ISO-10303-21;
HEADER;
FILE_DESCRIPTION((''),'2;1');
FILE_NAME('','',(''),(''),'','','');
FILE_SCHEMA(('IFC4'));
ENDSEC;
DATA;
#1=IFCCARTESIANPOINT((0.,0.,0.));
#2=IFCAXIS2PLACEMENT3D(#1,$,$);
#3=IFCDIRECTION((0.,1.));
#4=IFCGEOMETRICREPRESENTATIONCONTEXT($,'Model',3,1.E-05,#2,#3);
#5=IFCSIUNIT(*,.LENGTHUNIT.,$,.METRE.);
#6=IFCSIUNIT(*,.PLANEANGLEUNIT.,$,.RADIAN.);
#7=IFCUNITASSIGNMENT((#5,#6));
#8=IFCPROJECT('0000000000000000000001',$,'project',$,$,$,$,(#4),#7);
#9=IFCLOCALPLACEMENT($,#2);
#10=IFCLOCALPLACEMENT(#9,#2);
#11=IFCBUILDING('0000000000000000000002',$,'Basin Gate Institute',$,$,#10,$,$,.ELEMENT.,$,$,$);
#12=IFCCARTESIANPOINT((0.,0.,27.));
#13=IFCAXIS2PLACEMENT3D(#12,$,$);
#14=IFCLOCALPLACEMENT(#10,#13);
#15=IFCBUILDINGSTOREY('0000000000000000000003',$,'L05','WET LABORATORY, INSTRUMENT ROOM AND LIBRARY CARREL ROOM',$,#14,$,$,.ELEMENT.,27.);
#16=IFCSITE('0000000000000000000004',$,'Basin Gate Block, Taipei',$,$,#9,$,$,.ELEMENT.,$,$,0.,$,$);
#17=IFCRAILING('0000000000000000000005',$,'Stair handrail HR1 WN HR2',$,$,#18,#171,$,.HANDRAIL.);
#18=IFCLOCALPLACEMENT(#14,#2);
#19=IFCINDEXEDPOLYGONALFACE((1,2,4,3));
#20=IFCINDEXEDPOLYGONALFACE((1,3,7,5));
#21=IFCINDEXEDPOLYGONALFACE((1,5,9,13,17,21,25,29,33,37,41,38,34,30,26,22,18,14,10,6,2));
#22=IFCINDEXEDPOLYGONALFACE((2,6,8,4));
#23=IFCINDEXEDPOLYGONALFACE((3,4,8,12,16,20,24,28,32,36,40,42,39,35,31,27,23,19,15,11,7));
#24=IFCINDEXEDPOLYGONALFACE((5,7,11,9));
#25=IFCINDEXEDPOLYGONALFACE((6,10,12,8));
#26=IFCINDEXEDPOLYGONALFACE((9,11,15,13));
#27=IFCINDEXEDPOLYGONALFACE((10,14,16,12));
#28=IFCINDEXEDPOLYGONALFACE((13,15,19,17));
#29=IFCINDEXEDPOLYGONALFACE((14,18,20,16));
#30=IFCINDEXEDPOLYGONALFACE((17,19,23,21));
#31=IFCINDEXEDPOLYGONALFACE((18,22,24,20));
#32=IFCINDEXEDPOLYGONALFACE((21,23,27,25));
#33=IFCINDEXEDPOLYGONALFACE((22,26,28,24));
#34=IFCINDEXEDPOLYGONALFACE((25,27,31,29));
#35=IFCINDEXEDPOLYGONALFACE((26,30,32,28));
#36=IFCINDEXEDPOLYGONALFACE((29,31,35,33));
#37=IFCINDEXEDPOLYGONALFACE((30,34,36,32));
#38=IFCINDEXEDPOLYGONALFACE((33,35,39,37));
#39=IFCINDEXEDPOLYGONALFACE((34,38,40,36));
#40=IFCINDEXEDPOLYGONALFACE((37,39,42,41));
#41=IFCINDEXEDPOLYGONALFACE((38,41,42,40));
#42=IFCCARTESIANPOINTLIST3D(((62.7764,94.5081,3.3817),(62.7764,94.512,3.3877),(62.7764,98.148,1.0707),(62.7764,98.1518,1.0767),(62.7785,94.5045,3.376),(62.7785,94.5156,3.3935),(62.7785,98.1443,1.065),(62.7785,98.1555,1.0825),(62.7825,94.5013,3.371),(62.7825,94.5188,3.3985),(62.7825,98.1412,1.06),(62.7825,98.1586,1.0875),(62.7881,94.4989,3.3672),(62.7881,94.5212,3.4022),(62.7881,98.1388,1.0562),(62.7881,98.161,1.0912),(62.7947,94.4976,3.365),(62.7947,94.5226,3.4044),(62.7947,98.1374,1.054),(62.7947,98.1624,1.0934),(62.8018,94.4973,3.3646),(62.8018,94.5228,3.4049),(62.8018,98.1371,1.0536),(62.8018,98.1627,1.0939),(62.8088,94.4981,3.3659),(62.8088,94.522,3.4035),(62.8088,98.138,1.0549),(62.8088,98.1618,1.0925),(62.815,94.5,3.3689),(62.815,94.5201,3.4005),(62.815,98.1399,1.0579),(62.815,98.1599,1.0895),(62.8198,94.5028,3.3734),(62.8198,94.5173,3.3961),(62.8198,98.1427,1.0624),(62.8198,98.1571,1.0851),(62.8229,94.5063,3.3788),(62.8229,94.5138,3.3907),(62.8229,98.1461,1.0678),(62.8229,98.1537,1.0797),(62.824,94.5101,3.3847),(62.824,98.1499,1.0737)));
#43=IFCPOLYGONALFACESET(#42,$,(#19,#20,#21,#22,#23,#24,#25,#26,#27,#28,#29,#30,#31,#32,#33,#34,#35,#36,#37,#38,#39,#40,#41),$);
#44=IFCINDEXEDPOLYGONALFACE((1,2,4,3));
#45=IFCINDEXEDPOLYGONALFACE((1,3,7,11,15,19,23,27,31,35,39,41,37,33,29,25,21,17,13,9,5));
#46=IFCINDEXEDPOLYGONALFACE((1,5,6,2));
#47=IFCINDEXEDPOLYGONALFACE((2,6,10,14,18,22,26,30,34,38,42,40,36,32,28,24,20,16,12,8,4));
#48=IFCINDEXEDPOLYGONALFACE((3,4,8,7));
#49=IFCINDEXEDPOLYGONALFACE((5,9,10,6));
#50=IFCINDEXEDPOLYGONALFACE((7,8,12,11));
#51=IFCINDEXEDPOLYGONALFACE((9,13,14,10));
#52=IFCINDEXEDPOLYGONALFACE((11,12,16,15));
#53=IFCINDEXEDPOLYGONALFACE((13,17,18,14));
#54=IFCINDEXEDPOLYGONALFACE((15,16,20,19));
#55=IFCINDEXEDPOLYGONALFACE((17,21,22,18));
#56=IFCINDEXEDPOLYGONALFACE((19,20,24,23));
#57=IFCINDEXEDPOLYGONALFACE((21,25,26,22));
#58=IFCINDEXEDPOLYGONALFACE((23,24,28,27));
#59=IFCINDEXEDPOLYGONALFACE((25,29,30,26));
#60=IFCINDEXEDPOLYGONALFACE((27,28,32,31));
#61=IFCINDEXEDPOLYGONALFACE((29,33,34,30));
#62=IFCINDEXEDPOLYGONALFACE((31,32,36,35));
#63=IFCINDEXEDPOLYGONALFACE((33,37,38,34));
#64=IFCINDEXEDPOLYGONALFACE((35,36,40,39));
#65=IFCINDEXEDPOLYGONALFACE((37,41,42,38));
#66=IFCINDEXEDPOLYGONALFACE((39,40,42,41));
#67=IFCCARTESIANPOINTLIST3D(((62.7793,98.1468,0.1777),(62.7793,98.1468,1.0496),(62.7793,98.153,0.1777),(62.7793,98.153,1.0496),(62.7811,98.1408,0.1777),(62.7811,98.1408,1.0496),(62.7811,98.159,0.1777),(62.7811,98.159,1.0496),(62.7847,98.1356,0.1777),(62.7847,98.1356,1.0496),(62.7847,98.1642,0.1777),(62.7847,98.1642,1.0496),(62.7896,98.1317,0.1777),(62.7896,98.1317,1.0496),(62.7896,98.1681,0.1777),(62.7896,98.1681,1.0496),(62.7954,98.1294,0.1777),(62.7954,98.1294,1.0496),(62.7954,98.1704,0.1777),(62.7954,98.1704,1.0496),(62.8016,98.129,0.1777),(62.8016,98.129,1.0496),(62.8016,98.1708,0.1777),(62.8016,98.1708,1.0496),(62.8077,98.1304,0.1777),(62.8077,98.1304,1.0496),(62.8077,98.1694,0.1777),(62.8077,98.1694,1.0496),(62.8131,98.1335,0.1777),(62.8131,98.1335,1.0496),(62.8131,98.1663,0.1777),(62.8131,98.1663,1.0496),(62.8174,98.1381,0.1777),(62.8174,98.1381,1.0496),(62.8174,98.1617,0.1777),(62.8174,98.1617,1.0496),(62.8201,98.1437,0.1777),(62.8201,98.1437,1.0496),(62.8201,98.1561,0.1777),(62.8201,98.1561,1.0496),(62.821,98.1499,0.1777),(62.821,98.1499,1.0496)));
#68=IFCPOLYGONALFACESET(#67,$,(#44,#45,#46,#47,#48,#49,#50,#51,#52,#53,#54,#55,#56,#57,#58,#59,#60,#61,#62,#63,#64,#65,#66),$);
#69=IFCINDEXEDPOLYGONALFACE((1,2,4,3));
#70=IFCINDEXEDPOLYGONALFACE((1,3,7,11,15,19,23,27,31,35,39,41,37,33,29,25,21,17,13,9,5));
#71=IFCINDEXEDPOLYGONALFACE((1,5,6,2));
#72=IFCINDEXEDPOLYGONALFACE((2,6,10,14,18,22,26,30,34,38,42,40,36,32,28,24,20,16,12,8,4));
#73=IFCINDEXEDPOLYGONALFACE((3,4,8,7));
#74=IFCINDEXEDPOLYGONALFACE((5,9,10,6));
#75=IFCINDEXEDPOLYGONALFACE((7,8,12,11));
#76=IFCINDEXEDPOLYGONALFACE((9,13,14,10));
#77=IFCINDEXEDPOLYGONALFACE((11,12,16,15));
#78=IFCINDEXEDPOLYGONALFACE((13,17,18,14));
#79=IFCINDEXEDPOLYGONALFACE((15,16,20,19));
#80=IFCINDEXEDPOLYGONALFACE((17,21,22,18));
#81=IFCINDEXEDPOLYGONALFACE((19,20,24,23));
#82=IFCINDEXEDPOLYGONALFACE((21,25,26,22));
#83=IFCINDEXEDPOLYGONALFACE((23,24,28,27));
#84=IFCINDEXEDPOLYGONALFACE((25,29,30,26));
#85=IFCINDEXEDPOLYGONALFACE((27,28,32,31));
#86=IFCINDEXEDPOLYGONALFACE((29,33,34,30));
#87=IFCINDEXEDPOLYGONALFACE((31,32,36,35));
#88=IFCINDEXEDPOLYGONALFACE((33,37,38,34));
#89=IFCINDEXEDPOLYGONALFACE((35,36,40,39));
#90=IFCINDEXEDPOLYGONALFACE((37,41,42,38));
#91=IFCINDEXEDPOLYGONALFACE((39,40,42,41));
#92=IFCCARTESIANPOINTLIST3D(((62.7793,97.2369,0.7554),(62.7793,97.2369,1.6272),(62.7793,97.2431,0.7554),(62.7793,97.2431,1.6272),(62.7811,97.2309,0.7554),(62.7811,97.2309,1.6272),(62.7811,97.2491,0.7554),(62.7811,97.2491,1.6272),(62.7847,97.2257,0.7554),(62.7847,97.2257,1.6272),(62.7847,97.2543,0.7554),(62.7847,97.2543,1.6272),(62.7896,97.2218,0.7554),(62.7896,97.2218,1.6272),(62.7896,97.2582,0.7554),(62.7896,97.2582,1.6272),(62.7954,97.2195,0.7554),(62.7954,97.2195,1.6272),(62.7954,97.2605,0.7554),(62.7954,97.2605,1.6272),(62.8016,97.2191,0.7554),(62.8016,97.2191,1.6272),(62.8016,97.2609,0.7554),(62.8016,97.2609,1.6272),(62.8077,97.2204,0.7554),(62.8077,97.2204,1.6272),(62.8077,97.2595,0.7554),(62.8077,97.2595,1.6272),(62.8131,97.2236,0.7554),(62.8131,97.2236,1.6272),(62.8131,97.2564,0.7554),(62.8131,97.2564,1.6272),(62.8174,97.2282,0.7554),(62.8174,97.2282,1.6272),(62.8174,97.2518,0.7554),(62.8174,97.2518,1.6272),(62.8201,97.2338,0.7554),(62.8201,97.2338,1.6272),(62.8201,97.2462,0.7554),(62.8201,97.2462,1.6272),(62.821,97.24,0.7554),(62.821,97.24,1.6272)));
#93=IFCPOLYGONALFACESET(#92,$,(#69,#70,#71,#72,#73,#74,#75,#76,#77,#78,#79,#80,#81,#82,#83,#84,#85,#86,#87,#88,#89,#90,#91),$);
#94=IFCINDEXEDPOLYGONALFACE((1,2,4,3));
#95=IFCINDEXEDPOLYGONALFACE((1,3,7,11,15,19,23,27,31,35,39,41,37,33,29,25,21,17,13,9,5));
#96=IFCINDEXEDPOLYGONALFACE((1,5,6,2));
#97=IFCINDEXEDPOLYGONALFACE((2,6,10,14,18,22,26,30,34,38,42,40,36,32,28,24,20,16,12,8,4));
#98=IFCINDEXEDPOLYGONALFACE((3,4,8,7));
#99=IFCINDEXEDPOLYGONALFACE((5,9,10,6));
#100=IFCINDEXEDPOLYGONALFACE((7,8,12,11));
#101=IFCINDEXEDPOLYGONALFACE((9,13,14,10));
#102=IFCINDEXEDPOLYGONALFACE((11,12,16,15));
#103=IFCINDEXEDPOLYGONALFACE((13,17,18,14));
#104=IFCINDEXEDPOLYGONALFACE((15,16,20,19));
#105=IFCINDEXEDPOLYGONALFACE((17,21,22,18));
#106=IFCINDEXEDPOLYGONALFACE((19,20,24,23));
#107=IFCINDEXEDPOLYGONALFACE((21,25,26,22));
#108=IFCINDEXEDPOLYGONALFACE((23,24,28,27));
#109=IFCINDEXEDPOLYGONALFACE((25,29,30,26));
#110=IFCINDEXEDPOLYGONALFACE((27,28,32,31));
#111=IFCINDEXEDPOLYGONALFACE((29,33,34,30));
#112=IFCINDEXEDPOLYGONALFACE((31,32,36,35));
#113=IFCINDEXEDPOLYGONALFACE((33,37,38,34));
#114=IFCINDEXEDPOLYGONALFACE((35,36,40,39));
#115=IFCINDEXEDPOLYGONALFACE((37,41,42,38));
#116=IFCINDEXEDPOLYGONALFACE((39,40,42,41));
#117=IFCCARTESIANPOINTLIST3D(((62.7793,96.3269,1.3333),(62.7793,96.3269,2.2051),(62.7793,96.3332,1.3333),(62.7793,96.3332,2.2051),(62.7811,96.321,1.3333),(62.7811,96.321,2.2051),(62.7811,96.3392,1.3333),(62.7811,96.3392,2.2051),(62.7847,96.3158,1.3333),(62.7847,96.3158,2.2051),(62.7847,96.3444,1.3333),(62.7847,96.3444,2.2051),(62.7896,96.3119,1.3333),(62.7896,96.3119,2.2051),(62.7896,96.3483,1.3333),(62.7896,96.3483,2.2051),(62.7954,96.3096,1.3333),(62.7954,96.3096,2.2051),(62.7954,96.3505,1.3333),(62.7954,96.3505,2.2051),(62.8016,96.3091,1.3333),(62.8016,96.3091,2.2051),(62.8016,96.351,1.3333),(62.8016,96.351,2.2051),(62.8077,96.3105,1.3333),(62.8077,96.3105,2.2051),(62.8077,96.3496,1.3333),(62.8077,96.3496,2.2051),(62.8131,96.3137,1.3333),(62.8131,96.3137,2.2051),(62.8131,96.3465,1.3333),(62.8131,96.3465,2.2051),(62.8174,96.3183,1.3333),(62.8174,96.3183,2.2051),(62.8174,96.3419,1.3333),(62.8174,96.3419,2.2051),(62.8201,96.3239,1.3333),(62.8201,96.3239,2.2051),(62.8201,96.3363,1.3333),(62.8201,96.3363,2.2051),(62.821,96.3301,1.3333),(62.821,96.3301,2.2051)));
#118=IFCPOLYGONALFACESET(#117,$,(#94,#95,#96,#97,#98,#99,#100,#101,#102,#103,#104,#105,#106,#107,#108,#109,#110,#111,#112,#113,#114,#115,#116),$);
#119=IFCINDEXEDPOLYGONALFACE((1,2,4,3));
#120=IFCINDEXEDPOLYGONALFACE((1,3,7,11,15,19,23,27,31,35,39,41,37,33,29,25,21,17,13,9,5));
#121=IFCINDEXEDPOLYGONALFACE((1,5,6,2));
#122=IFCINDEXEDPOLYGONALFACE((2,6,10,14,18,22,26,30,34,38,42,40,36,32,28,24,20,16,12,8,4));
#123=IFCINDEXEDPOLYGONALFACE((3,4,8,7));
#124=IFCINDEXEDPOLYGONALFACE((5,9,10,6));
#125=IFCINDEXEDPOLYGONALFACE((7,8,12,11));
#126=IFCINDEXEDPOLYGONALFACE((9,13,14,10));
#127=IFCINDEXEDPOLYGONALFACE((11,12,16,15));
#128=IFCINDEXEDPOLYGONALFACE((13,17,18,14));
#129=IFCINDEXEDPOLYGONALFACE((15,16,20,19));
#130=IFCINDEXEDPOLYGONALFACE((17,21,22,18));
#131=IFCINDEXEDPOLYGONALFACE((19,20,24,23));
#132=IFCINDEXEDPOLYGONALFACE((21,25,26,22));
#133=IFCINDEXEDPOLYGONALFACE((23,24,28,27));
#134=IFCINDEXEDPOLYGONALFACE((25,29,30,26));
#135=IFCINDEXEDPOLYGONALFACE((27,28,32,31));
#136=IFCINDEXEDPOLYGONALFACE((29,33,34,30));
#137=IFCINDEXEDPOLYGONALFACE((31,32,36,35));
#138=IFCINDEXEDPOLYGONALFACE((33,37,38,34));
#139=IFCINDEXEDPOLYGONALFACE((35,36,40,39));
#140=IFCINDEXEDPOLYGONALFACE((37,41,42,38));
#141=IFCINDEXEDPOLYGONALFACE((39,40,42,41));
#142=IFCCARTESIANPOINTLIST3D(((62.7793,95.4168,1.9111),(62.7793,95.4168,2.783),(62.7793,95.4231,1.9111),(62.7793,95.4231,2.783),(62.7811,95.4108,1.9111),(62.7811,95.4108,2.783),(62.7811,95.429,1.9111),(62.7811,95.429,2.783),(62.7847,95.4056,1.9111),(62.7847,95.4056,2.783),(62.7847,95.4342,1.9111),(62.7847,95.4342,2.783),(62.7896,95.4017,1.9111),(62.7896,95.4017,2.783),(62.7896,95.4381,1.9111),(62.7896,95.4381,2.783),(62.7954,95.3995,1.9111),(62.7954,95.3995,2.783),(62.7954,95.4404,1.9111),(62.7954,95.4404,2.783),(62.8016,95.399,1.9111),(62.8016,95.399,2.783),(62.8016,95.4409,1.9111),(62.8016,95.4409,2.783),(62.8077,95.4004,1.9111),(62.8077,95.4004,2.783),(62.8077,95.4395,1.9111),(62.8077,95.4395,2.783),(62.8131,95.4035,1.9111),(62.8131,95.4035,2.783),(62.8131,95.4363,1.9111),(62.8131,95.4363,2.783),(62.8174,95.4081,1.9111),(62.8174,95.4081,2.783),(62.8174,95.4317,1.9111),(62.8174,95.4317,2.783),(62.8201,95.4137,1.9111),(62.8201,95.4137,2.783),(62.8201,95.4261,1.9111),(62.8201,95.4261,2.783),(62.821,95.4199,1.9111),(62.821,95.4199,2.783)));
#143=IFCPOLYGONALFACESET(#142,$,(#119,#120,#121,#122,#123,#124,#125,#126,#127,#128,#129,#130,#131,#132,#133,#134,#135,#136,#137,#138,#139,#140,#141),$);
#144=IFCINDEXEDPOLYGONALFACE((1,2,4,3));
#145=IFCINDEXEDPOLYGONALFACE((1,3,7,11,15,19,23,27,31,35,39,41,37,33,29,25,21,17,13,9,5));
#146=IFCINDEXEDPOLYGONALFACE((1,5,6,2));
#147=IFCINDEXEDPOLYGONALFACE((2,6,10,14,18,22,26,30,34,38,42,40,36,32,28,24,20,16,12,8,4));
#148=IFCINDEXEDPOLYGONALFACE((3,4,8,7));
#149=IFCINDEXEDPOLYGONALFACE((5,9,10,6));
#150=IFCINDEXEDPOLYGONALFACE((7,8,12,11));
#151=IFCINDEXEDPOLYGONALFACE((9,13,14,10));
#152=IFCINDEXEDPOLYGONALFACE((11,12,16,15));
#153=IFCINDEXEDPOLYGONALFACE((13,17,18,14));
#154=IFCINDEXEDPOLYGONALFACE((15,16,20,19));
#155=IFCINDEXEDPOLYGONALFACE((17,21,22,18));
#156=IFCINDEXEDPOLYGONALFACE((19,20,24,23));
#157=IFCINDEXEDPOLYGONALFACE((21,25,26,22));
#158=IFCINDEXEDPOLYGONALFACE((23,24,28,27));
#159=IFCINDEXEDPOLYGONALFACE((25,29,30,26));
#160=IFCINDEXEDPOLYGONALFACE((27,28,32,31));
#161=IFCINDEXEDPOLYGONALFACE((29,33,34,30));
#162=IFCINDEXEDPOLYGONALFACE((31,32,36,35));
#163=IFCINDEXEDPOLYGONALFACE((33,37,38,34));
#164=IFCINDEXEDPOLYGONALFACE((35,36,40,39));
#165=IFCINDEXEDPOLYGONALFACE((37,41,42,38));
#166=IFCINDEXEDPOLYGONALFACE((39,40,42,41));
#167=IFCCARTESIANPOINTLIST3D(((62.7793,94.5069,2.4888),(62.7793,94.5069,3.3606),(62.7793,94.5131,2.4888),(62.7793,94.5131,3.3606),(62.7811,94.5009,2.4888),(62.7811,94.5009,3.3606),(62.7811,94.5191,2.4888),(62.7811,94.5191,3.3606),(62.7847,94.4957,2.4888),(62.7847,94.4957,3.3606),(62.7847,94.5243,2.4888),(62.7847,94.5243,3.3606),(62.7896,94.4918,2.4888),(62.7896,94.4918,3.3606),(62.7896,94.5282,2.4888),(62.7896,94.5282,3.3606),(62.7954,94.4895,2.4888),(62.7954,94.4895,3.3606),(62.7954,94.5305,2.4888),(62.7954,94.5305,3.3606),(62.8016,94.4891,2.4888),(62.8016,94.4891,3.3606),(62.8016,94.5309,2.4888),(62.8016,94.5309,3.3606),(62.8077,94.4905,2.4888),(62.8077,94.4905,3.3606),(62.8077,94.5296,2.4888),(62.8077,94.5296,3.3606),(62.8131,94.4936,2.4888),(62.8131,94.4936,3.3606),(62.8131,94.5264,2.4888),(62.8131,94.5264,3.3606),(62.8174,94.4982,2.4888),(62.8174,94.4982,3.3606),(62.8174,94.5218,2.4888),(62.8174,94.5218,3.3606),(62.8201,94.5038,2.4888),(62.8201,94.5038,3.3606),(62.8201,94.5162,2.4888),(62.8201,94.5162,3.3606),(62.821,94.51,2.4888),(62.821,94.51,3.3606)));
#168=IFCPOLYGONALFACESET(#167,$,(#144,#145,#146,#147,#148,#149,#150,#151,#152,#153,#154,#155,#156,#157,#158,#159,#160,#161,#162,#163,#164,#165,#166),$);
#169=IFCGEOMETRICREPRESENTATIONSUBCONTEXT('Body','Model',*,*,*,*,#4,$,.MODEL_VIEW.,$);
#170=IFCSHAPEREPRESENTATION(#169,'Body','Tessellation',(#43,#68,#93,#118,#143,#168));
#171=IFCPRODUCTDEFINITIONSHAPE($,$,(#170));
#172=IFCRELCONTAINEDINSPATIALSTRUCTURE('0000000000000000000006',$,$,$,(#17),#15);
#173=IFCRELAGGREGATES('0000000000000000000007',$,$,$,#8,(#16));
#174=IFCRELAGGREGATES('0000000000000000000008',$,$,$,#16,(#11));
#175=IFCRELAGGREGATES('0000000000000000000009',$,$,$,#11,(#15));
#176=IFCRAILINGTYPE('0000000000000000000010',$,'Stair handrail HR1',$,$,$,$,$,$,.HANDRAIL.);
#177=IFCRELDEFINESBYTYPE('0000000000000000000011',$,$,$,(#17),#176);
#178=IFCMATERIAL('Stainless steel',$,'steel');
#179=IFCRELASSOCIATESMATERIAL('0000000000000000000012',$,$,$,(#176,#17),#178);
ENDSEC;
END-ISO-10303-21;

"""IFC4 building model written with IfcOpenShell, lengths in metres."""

from ifc_helpers import new_model, si_unit, direction, frame, origin, origin_2d, place, context, subcontext, project, spatial, circle, extrude, material, type_object, element, save


model = new_model("IFC4")

# Units and contexts
model_context = context("Model", 3, precision=1e-05, world=origin(), true_north=direction((0.0, 1.0)))
body_context = subcontext(model_context, "Body", "Model", "MODEL_VIEW")
ifc_project = project(units=[si_unit("LENGTHUNIT", "METRE"), si_unit("PLANEANGLEUNIT", "RADIAN")], contexts=[model_context])

# Site, building, storey
site_placement = place(None, origin())
site = spatial("IfcSite", under=ifc_project, at=site_placement, Name="Basin Gate Block, Taipei", CompositionType="ELEMENT", RefElevation=0.0)
building_placement = place(site_placement, origin())
building = spatial("IfcBuilding", under=site, at=building_placement, Name="Basin Gate Institute", CompositionType="ELEMENT")
storey_placement = place(building_placement, frame((0.0, 0.0, 27.0)))
storey = spatial("IfcBuildingStorey", under=building, at=storey_placement, Name="L05", Description="WET LABORATORY, INSTRUMENT ROOM AND LIBRARY CARREL ROOM", CompositionType="ELEMENT", Elevation=27.0)

# Railing
ifc_material_1 = material(Name="Stainless steel", Category="steel")
railing_type_1 = type_object("IfcRailingType", Name="Stair handrail HR1", PredefinedType="HANDRAIL", material=ifc_material_1)
for number, where, name in (
    (1, (62.8, 98.1499, 0.1777), "Stair handrail HR1 WN HR2"),
):
    element("IfcRailing", number, at=place(storey_placement, frame(where)), inside=storey, type_object=railing_type_1, material=ifc_material_1, Name=name, PredefinedType="HANDRAIL", context=body_context, shape_type="SweptSolid", body=[
        extrude(circle(Radius=0.0239, at=origin_2d()), frame((0.0, 0.0, 0.896), z_axis=(0.0, -0.844214, 0.536007), x_axis=(1.0, 0.0, 0.0)), (0.0, 0.0, 1.0), 4.3115),
        extrude(circle(Radius=0.021, at=origin_2d()), origin(), (0.0, 0.0, 1.0), 0.8718),
        extrude(circle(Radius=0.021, at=origin_2d()), frame((0.0, -0.9099, 0.5776)), (0.0, 0.0, 1.0), 0.8718),
        extrude(circle(Radius=0.021, at=origin_2d()), frame((0.0, -1.8198, 1.1555)), (0.0, 0.0, 1.0), 0.8718),
        extrude(circle(Radius=0.021, at=origin_2d()), frame((0.0, -2.73, 1.7334)), (0.0, 0.0, 1.0), 0.8718),
        extrude(circle(Radius=0.021, at=origin_2d()), frame((0.0, -3.6399, 2.311)), (0.0, 0.0, 1.0), 0.8718),
    ])

save(model, "model.ifc")
